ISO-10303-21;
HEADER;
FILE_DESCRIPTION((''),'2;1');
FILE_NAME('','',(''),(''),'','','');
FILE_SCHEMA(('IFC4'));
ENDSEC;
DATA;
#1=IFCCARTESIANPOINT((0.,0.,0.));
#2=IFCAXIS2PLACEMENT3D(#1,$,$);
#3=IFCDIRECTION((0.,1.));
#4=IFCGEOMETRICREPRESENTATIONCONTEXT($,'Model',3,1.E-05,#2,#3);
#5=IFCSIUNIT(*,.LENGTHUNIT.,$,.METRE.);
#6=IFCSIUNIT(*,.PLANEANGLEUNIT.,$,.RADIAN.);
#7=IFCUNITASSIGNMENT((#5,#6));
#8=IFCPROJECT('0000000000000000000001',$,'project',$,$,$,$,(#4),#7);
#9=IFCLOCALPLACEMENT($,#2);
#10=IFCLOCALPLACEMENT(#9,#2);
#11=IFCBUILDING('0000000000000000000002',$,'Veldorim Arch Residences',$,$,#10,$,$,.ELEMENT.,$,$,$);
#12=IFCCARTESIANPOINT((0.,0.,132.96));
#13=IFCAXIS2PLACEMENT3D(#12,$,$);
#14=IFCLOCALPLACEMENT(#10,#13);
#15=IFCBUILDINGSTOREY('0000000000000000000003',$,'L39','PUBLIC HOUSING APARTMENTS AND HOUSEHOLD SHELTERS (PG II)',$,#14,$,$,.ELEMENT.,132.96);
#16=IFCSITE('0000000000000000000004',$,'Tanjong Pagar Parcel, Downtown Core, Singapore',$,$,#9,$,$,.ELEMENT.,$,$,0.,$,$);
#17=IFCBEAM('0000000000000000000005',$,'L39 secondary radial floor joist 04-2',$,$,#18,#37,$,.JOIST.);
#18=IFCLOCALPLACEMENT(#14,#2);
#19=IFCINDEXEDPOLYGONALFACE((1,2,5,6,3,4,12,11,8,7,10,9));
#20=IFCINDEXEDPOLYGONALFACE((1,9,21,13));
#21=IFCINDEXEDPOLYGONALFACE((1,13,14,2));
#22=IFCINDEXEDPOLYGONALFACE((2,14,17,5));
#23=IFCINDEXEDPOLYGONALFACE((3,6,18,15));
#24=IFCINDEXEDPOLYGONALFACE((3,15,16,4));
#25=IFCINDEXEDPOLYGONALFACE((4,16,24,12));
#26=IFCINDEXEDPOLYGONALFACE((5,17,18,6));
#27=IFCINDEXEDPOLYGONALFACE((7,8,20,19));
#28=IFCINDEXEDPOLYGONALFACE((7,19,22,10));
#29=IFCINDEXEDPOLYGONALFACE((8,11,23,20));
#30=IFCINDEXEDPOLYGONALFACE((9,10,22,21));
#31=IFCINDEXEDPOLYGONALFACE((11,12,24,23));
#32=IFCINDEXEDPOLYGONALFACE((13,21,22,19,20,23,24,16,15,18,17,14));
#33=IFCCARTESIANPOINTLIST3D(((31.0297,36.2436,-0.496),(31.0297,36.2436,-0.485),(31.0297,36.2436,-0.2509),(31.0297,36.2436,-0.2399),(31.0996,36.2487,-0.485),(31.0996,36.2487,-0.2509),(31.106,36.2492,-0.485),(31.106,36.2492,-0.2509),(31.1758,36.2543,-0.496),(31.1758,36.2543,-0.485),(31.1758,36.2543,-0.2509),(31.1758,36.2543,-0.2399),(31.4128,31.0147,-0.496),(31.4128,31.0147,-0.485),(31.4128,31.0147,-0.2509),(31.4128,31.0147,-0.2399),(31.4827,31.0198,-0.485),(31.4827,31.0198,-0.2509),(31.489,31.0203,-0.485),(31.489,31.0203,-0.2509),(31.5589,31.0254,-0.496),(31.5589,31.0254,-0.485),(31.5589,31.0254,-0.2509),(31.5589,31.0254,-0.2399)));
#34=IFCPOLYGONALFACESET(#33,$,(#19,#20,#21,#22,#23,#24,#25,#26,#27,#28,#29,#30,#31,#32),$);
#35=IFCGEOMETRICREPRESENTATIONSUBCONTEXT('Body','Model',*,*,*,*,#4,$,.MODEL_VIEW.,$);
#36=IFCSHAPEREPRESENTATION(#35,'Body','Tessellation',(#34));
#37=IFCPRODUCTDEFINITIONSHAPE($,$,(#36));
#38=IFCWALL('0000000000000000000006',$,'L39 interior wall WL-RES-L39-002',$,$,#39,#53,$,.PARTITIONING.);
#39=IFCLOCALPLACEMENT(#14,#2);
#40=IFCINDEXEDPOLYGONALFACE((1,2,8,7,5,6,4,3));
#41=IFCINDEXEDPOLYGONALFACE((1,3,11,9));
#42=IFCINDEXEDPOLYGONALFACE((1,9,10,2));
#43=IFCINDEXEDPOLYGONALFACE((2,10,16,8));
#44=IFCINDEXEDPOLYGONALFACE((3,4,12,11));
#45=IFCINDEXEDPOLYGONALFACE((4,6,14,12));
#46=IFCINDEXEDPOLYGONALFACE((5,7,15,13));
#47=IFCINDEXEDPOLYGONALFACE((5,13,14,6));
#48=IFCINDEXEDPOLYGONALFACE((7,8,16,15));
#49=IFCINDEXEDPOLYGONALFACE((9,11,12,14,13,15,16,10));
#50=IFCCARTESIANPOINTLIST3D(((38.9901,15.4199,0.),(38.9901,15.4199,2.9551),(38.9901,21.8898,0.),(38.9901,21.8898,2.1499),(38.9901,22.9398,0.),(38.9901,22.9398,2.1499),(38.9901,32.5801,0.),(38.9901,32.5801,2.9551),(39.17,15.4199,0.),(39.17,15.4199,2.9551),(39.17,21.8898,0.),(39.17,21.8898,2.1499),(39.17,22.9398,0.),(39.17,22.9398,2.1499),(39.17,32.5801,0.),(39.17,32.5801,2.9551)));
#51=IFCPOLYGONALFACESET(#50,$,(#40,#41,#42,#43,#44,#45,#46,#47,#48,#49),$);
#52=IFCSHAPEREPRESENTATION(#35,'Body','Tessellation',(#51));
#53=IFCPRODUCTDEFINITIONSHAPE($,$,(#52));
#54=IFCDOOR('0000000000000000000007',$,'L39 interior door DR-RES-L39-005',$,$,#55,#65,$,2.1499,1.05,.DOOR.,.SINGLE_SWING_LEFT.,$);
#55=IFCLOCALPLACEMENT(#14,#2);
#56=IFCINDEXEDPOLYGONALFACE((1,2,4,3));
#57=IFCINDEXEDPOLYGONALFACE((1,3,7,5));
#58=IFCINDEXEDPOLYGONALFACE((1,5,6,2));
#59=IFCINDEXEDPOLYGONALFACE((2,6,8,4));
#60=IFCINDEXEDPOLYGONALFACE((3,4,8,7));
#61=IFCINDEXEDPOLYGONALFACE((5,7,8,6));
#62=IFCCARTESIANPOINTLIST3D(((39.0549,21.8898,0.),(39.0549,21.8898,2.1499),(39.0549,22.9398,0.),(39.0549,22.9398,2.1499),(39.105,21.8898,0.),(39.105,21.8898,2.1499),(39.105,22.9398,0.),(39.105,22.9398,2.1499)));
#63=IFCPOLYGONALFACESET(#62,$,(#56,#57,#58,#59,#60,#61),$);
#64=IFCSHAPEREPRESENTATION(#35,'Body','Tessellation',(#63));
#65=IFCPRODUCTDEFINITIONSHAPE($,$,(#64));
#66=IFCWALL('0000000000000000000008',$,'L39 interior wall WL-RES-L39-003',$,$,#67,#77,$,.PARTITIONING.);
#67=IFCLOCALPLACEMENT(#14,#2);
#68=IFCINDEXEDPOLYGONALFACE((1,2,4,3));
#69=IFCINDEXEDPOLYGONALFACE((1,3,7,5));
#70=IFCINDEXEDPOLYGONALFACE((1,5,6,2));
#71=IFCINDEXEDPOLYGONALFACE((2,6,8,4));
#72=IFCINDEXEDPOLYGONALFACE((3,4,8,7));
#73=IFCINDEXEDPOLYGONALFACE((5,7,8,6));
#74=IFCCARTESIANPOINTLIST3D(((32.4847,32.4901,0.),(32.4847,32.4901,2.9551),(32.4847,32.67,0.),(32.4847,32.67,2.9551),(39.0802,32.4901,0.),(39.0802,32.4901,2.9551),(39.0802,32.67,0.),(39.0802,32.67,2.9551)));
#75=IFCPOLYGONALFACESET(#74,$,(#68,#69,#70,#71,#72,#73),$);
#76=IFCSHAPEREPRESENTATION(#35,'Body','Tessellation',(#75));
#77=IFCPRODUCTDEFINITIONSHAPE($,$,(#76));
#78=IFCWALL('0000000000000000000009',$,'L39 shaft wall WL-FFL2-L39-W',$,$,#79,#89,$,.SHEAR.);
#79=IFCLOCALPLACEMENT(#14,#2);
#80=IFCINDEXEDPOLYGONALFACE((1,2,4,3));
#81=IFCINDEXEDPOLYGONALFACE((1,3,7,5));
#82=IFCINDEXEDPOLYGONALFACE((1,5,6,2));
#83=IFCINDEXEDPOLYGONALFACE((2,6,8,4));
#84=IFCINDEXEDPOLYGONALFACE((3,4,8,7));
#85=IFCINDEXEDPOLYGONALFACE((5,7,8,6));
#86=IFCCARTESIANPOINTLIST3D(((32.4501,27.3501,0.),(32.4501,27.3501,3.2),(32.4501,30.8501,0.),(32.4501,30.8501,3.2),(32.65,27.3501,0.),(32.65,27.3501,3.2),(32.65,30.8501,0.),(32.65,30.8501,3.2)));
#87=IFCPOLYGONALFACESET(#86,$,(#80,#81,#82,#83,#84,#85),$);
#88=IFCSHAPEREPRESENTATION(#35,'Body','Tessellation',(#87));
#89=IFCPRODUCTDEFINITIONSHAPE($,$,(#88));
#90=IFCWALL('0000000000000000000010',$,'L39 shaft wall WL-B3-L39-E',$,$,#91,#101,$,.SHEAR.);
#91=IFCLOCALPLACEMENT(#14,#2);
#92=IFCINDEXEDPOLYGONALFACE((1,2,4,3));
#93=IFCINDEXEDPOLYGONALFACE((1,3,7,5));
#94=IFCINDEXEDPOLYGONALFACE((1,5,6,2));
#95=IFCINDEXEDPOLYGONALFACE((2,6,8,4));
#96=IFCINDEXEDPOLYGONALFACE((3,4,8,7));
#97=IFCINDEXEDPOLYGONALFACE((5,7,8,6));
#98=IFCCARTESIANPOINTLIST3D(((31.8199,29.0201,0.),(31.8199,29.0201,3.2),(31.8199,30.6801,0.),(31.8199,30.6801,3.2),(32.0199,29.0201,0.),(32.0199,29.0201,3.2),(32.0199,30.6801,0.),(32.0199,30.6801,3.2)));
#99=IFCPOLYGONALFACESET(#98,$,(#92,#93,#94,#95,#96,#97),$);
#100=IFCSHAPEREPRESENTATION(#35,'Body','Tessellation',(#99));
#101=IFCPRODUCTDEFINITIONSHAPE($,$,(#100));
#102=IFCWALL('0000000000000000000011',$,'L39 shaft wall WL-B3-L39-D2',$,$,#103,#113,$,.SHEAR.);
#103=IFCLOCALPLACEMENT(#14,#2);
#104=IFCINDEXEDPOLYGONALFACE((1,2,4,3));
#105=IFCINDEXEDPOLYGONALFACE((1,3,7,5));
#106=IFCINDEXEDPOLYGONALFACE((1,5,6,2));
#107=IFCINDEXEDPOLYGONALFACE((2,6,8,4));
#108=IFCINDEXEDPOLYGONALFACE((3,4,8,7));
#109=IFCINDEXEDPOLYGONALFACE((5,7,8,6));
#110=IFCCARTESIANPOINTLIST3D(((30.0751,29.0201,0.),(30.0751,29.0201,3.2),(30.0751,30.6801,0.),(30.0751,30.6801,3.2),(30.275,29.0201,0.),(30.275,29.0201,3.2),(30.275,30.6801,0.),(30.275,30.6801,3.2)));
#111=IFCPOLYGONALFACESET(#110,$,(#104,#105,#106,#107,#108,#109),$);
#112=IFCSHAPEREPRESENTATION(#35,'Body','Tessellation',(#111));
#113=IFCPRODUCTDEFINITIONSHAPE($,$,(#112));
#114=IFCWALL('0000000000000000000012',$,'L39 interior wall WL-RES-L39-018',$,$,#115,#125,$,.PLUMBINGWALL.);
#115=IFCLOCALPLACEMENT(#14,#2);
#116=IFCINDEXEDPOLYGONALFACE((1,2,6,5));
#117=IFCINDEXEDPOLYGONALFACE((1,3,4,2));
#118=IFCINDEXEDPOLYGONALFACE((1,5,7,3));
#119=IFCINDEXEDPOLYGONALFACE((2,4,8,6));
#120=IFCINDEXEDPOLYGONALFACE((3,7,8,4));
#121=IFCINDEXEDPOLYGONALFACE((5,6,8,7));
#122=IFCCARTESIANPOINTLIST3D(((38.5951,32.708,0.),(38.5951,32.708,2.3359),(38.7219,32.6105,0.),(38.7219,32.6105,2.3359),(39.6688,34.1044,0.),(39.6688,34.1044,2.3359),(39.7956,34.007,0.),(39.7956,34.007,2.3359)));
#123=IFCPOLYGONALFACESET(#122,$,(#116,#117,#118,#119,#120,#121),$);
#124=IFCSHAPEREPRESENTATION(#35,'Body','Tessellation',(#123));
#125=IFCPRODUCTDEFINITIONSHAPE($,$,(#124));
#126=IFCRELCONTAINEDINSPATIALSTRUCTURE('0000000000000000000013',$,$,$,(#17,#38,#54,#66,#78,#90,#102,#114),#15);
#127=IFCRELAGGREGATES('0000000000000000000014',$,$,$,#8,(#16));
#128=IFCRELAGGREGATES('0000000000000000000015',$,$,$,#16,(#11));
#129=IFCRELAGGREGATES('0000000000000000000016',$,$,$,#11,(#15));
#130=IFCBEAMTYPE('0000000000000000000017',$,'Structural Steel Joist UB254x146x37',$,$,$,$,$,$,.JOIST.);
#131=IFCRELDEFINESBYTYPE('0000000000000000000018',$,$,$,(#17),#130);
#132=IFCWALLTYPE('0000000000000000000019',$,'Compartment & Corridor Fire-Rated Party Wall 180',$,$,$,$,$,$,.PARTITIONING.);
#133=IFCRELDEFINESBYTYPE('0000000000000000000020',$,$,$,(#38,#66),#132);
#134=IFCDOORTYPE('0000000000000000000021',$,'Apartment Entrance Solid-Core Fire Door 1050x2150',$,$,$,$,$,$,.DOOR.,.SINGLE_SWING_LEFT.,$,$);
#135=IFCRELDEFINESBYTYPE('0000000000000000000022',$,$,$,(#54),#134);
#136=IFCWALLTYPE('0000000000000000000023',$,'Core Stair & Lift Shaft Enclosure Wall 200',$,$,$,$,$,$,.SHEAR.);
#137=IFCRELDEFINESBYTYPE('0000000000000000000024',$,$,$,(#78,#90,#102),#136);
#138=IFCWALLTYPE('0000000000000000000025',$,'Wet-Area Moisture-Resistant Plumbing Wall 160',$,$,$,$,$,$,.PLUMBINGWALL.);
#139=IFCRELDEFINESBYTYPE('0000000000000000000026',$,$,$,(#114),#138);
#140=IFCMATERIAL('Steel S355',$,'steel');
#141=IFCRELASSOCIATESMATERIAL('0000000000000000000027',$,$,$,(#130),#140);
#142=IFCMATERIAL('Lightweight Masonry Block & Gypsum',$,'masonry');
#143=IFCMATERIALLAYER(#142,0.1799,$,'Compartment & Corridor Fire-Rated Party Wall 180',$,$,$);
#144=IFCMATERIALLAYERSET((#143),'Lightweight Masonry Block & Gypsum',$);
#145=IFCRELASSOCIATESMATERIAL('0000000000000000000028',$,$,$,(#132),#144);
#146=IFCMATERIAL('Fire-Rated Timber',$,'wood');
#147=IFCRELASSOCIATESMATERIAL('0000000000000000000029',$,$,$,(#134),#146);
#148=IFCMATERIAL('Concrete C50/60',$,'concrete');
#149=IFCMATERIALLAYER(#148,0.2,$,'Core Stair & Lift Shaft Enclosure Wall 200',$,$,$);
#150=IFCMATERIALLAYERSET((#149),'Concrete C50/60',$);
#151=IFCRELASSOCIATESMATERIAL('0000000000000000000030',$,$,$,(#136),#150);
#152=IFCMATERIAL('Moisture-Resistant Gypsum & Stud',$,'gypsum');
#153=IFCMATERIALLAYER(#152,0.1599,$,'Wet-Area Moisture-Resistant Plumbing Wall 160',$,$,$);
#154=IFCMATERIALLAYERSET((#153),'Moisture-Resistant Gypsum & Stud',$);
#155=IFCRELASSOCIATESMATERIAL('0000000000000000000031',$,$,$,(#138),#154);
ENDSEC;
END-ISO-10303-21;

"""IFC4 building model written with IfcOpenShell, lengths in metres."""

from ifc_helpers import new_model, si_unit, direction, frame, frame_2d, origin, origin_2d, place, context, subcontext, project, spatial, rectangle, i_section, extrude, material, layer, layer_set, material_profile, profile_set, type_object, element, fill, save


model = new_model("IFC4")

# Units and contexts
model_context = context("Model", 3, precision=1e-05, world=origin(), true_north=direction((0.0, 1.0)))
body_context = subcontext(model_context, "Body", "Model", "MODEL_VIEW")
ifc_project = project(units=[si_unit("LENGTHUNIT", "METRE"), si_unit("PLANEANGLEUNIT", "RADIAN")], contexts=[model_context])

# Site, building, storey
site_placement = place(None, origin())
site = spatial("IfcSite", under=ifc_project, at=site_placement, Name="Tanjong Pagar Parcel, Downtown Core, Singapore", CompositionType="ELEMENT", RefElevation=0.0)
building_placement = place(site_placement, origin())
building = spatial("IfcBuilding", under=site, at=building_placement, Name="Veldorim Arch Residences", CompositionType="ELEMENT")
storey_placement = place(building_placement, frame((0.0, 0.0, 132.96)))
storey = spatial("IfcBuildingStorey", under=building, at=storey_placement, Name="L39", Description="PUBLIC HOUSING APARTMENTS AND HOUSEHOLD SHELTERS (PG II)", CompositionType="ELEMENT", Elevation=132.96)

# Beam
ifc_material_1 = material(Name="Steel S355", Category="steel")
ifc_material_profile_1 = material_profile(ifc_material_1, i_section(OverallWidth=0.1465, OverallDepth=0.2561, WebThickness=0.0063, FlangeThickness=0.011, at=origin_2d()), Name="UB254x146x37")
ifc_profile_set_1 = profile_set([ifc_material_profile_1], Name="Steel S355")
beam_type_1 = type_object("IfcBeamType", Name="Structural Steel Joist UB254x146x37", PredefinedType="JOIST", material=ifc_profile_set_1)
for number, where, z_axis, x_axis, name in (
    (1, (31.4858, 31.02, -0.3679), (-0.07306, 0.997328, 0.0), (-0.997328, -0.07306, 0.0), "L39 secondary radial floor joist 04-2"),
):
    element("IfcBeam", number, at=place(storey_placement, frame(where, z_axis=z_axis, x_axis=x_axis)), inside=storey, type_object=beam_type_1, Name=name, PredefinedType="JOIST", context=body_context, shape_type="SweptSolid", body=[
        extrude(i_section(OverallWidth=0.1465, OverallDepth=0.2561, WebThickness=0.0063, FlangeThickness=0.011, at=origin_2d()), origin(), (0.0, 0.0, 1.0), 5.2429),
    ])

# Wall, opening, door
ifc_material_2 = material(Name="Lightweight Masonry Block & Gypsum", Category="masonry")
ifc_layer_1 = layer(ifc_material_2, 0.1799, Name="Compartment & Corridor Fire-Rated Party Wall 180")
ifc_layer_set_1 = layer_set([ifc_layer_1], Name="Lightweight Masonry Block & Gypsum")
wall_type_1 = type_object("IfcWallType", Name="Compartment & Corridor Fire-Rated Party Wall 180", PredefinedType="PARTITIONING", material=ifc_layer_set_1)
wall_1_placement = place(storey_placement, frame((39.0801, 32.5801, 0.0), z_axis=(0.0, 0.0, 1.0), x_axis=(0.0, -1.0, 0.0)))
wall_1 = element("IfcWall", 2, at=wall_1_placement, inside=storey, type_object=wall_type_1, Name="L39 interior wall WL-RES-L39-002", PredefinedType="PARTITIONING", context=body_context, shape_type="SweptSolid", body=[
    extrude(rectangle(XDim=17.1602, YDim=0.1799, at=frame_2d((8.5801, 0.0))), origin(), (0.0, 0.0, 1.0), 2.9551),
])
opening_1_placement = place(wall_1_placement, frame((9.6404, 0.0, 0.0)))
opening_1 = element("IfcOpeningElement", 3, at=opening_1_placement, cuts=wall_1, PredefinedType="OPENING", context=body_context, shape_type="SweptSolid", body=[
    extrude(rectangle(XDim=1.05, YDim=2.1499, at=frame_2d((0.5249, 1.075))), frame((0.0, 0.0999, 0.0), z_axis=(0.0, -1.0, 0.0), x_axis=(1.0, 0.0, 0.0)), (0.0, 0.0, 1.0), 0.2),
])
ifc_material_3 = material(Name="Fire-Rated Timber", Category="wood")
door_type_1 = type_object("IfcDoorType", Name="Apartment Entrance Solid-Core Fire Door 1050x2150", OperationType="SINGLE_SWING_LEFT", PredefinedType="DOOR", material=ifc_material_3)
door_1_placement = place(opening_1_placement, origin())
door_1 = element("IfcDoor", 4, at=door_1_placement, inside=storey, type_object=door_type_1, Name="L39 interior door DR-RES-L39-005", OperationType="SINGLE_SWING_LEFT", OverallHeight=2.1499, OverallWidth=1.05, PredefinedType="DOOR", context=body_context, shape_type="SweptSolid", body=[
    extrude(rectangle(XDim=1.05, YDim=2.1499, at=frame_2d((0.5249, 1.075))), frame((0.0, 0.0249, 0.0), z_axis=(0.0, -1.0, 0.0), x_axis=(1.0, 0.0, 0.0)), (0.0, 0.0, 1.0), 0.05),
])
fill(opening_1, door_1)

# Wall
wall_2_placement = place(storey_placement, frame((32.4846, 32.5801, 0.0), z_axis=(0.0, 0.0, 1.0), x_axis=(1.0, 0.0, 0.0)))
element("IfcWall", 5, at=wall_2_placement, inside=storey, type_object=wall_type_1, Name="L39 interior wall WL-RES-L39-003", PredefinedType="PARTITIONING", context=body_context, shape_type="SweptSolid", body=[
    extrude(rectangle(XDim=6.5955, YDim=0.1799, at=frame_2d((3.2979, 0.0))), origin(), (0.0, 0.0, 1.0), 2.9551),
])

# Shared definitions
ifc_material_4 = material(Name="Concrete C50/60", Category="concrete")
ifc_layer_2 = layer(ifc_material_4, 0.2, Name="Core Stair & Lift Shaft Enclosure Wall 200")
ifc_layer_set_2 = layer_set([ifc_layer_2], Name="Concrete C50/60")
wall_type_2 = type_object("IfcWallType", Name="Core Stair & Lift Shaft Enclosure Wall 200", PredefinedType="SHEAR", material=ifc_layer_set_2)

# Wall
wall_3_placement = place(storey_placement, frame((32.55, 27.3501, 0.0), z_axis=(0.0, 0.0, 1.0), x_axis=(0.0, 1.0, 0.0)))
element("IfcWall", 6, at=wall_3_placement, inside=storey, type_object=wall_type_2, Name="L39 shaft wall WL-FFL2-L39-W", PredefinedType="SHEAR", context=body_context, shape_type="SweptSolid", body=[
    extrude(rectangle(XDim=3.5, YDim=0.2, at=frame_2d((1.75, 0.0))), origin(), (0.0, 0.0, 1.0), 3.2),
])

# Walls
for number, where, z_axis, x_axis, name in (
    (7, (31.9199, 29.02, 0.0), (0.0, 0.0, 1.0), (0.0, 1.0, 0.0), "L39 shaft wall WL-B3-L39-E"),
    (8, (30.175, 29.02, 0.0), (0.0, 0.0, 1.0), (0.0, 1.0, 0.0), "L39 shaft wall WL-B3-L39-D2"),
):
    element("IfcWall", number, at=place(storey_placement, frame(where, z_axis=z_axis, x_axis=x_axis)), inside=storey, type_object=wall_type_2, Name=name, PredefinedType="SHEAR", context=body_context, shape_type="SweptSolid", body=[
        extrude(rectangle(XDim=1.6599, YDim=0.2, at=frame_2d((0.8301, 0.0))), origin(), (0.0, 0.0, 1.0), 3.2),
    ])
ifc_material_5 = material(Name="Moisture-Resistant Gypsum & Stud", Category="gypsum")
ifc_layer_3 = layer(ifc_material_5, 0.1599, Name="Wet-Area Moisture-Resistant Plumbing Wall 160")
ifc_layer_set_3 = layer_set([ifc_layer_3], Name="Moisture-Resistant Gypsum & Stud")
wall_type_3 = type_object("IfcWallType", Name="Wet-Area Moisture-Resistant Plumbing Wall 160", PredefinedType="PLUMBINGWALL", material=ifc_layer_set_3)
wall_4_placement = place(storey_placement, frame((38.6584, 32.6592, 0.0), z_axis=(0.0, 0.0, 1.0), x_axis=(0.609537, 0.792758, 0.0)))
element("IfcWall", 9, at=wall_4_placement, inside=storey, type_object=wall_type_3, Name="L39 interior wall WL-RES-L39-018", PredefinedType="PLUMBINGWALL", context=body_context, shape_type="SweptSolid", body=[
    extrude(rectangle(XDim=1.7615, YDim=0.1599, at=frame_2d((0.8809, 0.0))), origin(), (0.0, 0.0, 1.0), 2.3359),
])

save(model, "model.ifc")
